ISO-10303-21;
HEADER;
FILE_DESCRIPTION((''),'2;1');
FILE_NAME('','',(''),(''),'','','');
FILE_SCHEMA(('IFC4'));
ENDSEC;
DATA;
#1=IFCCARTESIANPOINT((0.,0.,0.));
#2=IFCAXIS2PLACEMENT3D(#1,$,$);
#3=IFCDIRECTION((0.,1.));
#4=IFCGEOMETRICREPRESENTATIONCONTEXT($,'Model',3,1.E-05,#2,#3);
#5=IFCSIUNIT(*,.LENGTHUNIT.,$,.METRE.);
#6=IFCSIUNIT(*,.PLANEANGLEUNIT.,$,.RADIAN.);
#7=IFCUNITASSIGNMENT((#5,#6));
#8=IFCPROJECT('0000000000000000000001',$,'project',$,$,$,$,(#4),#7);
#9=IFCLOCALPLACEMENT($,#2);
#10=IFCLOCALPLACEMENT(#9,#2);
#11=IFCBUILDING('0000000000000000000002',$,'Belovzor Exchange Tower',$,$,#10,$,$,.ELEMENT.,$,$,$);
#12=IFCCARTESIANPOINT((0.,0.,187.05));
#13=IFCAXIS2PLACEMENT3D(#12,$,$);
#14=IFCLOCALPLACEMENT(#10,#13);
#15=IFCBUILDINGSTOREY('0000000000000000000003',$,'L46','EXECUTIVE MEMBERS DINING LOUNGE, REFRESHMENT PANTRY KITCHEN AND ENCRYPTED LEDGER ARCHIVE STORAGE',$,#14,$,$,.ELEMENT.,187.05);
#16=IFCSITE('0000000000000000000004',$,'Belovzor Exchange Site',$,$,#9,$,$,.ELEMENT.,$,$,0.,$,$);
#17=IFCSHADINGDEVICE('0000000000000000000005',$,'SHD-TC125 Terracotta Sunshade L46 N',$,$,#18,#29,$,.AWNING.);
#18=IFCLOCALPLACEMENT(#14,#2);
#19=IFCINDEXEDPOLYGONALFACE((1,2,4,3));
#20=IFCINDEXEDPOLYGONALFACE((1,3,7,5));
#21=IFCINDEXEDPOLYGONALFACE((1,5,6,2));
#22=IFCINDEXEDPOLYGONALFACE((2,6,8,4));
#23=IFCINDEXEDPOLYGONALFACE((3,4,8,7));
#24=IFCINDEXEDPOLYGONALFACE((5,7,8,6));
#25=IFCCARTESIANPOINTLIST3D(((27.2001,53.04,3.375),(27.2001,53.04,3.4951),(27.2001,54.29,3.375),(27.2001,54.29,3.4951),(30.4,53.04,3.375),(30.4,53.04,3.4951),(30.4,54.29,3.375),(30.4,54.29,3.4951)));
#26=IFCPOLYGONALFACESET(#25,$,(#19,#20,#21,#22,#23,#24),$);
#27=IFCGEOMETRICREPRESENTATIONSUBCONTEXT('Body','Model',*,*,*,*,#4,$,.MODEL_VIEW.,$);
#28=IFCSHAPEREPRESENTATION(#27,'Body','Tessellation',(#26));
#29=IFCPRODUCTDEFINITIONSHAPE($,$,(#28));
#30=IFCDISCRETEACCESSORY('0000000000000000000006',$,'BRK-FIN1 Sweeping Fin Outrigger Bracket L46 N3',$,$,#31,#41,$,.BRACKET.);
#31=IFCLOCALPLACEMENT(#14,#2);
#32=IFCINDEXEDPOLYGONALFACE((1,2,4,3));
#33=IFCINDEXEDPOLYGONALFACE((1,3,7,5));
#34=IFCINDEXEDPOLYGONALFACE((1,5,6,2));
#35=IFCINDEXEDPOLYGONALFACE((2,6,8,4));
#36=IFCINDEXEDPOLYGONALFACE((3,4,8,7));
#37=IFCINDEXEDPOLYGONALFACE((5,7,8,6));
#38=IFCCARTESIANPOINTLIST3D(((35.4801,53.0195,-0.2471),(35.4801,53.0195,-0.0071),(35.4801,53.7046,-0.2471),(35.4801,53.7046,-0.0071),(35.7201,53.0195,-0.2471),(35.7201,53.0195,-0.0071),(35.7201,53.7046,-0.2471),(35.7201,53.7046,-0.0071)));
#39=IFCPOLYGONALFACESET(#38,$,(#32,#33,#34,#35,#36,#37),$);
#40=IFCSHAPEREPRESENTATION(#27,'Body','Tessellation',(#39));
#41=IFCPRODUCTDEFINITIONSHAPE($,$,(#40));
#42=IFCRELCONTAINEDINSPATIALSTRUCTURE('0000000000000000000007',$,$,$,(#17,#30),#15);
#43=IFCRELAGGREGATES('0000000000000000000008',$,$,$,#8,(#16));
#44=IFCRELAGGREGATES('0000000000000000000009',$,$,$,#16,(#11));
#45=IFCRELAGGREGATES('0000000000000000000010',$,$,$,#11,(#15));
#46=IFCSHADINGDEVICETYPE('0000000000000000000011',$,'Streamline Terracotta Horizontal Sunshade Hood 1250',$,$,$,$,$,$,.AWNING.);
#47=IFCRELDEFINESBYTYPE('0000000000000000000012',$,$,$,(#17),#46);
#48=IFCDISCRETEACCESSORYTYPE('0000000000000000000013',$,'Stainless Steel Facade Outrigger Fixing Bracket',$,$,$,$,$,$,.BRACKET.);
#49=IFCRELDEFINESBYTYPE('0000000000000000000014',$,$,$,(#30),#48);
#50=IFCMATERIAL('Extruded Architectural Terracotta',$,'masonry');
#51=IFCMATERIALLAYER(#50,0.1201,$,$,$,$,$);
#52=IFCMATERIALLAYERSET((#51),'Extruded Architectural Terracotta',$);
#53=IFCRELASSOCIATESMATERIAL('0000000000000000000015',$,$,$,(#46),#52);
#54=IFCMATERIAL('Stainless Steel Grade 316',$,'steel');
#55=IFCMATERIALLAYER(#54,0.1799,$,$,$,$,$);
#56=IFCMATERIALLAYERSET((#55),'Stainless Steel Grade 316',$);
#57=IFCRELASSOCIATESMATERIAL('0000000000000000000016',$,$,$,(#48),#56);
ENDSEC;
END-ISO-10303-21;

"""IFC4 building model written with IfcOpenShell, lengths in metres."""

from ifc_helpers import new_model, si_unit, direction, frame, origin, origin_2d, place, context, subcontext, project, spatial, rectangle, extrude, material, layer, layer_set, type_object, element, save


model = new_model("IFC4")

# Units and contexts
model_context = context("Model", 3, precision=1e-05, world=origin(), true_north=direction((0.0, 1.0)))
body_context = subcontext(model_context, "Body", "Model", "MODEL_VIEW")
ifc_project = project(units=[si_unit("LENGTHUNIT", "METRE"), si_unit("PLANEANGLEUNIT", "RADIAN")], contexts=[model_context])

# Site, building, storey
site_placement = place(None, origin())
site = spatial("IfcSite", under=ifc_project, at=site_placement, Name="Belovzor Exchange Site", CompositionType="ELEMENT", RefElevation=0.0)
building_placement = place(site_placement, origin())
building = spatial("IfcBuilding", under=site, at=building_placement, Name="Belovzor Exchange Tower", CompositionType="ELEMENT")
storey_placement = place(building_placement, frame((0.0, 0.0, 187.05)))
storey = spatial("IfcBuildingStorey", under=building, at=storey_placement, Name="L46", Description="EXECUTIVE MEMBERS DINING LOUNGE, REFRESHMENT PANTRY KITCHEN AND ENCRYPTED LEDGER ARCHIVE STORAGE", CompositionType="ELEMENT", Elevation=187.05)

# Shading device
ifc_material_1 = material(Name="Extruded Architectural Terracotta", Category="masonry")
ifc_layer_1 = layer(ifc_material_1, 0.1201)
ifc_layer_set_1 = layer_set([ifc_layer_1], Name="Extruded Architectural Terracotta")
shading_device_type = type_object("IfcShadingDeviceType", Name="Streamline Terracotta Horizontal Sunshade Hood 1250", PredefinedType="AWNING", material=ifc_layer_set_1)
shading_device_placement = place(storey_placement, frame((28.8, 53.665, 3.375), z_axis=(0.0, 0.0, 1.0), x_axis=(1.0, 0.0, 0.0)))
element("IfcShadingDevice", 1, at=shading_device_placement, inside=storey, type_object=shading_device_type, Name="SHD-TC125 Terracotta Sunshade L46 N", PredefinedType="AWNING", context=body_context, shape_type="SweptSolid", body=[
    extrude(rectangle(XDim=3.2, YDim=1.25, at=origin_2d()), origin(), (0.0, 0.0, 1.0), 0.1201),
])

# Discrete accessory
ifc_material_2 = material(Name="Stainless Steel Grade 316", Category="steel")
ifc_layer_2 = layer(ifc_material_2, 0.1799)
ifc_layer_set_2 = layer_set([ifc_layer_2], Name="Stainless Steel Grade 316")
discrete_accessory_type = type_object("IfcDiscreteAccessoryType", Name="Stainless Steel Facade Outrigger Fixing Bracket", PredefinedType="BRACKET", material=ifc_layer_set_2)
discrete_accessory_placement = place(storey_placement, frame((35.6001, 53.3621, -0.2471), z_axis=(0.0, 0.0, 1.0), x_axis=(0.0, 1.0, 0.0)))
element("IfcDiscreteAccessory", 2, at=discrete_accessory_placement, inside=storey, type_object=discrete_accessory_type, Name="BRK-FIN1 Sweeping Fin Outrigger Bracket L46 N3", PredefinedType="BRACKET", context=body_context, shape_type="SweptSolid", body=[
    extrude(rectangle(XDim=0.6851, YDim=0.24, at=origin_2d()), origin(), (0.0, 0.0, 1.0), 0.24),
])

save(model, "model.ifc")
